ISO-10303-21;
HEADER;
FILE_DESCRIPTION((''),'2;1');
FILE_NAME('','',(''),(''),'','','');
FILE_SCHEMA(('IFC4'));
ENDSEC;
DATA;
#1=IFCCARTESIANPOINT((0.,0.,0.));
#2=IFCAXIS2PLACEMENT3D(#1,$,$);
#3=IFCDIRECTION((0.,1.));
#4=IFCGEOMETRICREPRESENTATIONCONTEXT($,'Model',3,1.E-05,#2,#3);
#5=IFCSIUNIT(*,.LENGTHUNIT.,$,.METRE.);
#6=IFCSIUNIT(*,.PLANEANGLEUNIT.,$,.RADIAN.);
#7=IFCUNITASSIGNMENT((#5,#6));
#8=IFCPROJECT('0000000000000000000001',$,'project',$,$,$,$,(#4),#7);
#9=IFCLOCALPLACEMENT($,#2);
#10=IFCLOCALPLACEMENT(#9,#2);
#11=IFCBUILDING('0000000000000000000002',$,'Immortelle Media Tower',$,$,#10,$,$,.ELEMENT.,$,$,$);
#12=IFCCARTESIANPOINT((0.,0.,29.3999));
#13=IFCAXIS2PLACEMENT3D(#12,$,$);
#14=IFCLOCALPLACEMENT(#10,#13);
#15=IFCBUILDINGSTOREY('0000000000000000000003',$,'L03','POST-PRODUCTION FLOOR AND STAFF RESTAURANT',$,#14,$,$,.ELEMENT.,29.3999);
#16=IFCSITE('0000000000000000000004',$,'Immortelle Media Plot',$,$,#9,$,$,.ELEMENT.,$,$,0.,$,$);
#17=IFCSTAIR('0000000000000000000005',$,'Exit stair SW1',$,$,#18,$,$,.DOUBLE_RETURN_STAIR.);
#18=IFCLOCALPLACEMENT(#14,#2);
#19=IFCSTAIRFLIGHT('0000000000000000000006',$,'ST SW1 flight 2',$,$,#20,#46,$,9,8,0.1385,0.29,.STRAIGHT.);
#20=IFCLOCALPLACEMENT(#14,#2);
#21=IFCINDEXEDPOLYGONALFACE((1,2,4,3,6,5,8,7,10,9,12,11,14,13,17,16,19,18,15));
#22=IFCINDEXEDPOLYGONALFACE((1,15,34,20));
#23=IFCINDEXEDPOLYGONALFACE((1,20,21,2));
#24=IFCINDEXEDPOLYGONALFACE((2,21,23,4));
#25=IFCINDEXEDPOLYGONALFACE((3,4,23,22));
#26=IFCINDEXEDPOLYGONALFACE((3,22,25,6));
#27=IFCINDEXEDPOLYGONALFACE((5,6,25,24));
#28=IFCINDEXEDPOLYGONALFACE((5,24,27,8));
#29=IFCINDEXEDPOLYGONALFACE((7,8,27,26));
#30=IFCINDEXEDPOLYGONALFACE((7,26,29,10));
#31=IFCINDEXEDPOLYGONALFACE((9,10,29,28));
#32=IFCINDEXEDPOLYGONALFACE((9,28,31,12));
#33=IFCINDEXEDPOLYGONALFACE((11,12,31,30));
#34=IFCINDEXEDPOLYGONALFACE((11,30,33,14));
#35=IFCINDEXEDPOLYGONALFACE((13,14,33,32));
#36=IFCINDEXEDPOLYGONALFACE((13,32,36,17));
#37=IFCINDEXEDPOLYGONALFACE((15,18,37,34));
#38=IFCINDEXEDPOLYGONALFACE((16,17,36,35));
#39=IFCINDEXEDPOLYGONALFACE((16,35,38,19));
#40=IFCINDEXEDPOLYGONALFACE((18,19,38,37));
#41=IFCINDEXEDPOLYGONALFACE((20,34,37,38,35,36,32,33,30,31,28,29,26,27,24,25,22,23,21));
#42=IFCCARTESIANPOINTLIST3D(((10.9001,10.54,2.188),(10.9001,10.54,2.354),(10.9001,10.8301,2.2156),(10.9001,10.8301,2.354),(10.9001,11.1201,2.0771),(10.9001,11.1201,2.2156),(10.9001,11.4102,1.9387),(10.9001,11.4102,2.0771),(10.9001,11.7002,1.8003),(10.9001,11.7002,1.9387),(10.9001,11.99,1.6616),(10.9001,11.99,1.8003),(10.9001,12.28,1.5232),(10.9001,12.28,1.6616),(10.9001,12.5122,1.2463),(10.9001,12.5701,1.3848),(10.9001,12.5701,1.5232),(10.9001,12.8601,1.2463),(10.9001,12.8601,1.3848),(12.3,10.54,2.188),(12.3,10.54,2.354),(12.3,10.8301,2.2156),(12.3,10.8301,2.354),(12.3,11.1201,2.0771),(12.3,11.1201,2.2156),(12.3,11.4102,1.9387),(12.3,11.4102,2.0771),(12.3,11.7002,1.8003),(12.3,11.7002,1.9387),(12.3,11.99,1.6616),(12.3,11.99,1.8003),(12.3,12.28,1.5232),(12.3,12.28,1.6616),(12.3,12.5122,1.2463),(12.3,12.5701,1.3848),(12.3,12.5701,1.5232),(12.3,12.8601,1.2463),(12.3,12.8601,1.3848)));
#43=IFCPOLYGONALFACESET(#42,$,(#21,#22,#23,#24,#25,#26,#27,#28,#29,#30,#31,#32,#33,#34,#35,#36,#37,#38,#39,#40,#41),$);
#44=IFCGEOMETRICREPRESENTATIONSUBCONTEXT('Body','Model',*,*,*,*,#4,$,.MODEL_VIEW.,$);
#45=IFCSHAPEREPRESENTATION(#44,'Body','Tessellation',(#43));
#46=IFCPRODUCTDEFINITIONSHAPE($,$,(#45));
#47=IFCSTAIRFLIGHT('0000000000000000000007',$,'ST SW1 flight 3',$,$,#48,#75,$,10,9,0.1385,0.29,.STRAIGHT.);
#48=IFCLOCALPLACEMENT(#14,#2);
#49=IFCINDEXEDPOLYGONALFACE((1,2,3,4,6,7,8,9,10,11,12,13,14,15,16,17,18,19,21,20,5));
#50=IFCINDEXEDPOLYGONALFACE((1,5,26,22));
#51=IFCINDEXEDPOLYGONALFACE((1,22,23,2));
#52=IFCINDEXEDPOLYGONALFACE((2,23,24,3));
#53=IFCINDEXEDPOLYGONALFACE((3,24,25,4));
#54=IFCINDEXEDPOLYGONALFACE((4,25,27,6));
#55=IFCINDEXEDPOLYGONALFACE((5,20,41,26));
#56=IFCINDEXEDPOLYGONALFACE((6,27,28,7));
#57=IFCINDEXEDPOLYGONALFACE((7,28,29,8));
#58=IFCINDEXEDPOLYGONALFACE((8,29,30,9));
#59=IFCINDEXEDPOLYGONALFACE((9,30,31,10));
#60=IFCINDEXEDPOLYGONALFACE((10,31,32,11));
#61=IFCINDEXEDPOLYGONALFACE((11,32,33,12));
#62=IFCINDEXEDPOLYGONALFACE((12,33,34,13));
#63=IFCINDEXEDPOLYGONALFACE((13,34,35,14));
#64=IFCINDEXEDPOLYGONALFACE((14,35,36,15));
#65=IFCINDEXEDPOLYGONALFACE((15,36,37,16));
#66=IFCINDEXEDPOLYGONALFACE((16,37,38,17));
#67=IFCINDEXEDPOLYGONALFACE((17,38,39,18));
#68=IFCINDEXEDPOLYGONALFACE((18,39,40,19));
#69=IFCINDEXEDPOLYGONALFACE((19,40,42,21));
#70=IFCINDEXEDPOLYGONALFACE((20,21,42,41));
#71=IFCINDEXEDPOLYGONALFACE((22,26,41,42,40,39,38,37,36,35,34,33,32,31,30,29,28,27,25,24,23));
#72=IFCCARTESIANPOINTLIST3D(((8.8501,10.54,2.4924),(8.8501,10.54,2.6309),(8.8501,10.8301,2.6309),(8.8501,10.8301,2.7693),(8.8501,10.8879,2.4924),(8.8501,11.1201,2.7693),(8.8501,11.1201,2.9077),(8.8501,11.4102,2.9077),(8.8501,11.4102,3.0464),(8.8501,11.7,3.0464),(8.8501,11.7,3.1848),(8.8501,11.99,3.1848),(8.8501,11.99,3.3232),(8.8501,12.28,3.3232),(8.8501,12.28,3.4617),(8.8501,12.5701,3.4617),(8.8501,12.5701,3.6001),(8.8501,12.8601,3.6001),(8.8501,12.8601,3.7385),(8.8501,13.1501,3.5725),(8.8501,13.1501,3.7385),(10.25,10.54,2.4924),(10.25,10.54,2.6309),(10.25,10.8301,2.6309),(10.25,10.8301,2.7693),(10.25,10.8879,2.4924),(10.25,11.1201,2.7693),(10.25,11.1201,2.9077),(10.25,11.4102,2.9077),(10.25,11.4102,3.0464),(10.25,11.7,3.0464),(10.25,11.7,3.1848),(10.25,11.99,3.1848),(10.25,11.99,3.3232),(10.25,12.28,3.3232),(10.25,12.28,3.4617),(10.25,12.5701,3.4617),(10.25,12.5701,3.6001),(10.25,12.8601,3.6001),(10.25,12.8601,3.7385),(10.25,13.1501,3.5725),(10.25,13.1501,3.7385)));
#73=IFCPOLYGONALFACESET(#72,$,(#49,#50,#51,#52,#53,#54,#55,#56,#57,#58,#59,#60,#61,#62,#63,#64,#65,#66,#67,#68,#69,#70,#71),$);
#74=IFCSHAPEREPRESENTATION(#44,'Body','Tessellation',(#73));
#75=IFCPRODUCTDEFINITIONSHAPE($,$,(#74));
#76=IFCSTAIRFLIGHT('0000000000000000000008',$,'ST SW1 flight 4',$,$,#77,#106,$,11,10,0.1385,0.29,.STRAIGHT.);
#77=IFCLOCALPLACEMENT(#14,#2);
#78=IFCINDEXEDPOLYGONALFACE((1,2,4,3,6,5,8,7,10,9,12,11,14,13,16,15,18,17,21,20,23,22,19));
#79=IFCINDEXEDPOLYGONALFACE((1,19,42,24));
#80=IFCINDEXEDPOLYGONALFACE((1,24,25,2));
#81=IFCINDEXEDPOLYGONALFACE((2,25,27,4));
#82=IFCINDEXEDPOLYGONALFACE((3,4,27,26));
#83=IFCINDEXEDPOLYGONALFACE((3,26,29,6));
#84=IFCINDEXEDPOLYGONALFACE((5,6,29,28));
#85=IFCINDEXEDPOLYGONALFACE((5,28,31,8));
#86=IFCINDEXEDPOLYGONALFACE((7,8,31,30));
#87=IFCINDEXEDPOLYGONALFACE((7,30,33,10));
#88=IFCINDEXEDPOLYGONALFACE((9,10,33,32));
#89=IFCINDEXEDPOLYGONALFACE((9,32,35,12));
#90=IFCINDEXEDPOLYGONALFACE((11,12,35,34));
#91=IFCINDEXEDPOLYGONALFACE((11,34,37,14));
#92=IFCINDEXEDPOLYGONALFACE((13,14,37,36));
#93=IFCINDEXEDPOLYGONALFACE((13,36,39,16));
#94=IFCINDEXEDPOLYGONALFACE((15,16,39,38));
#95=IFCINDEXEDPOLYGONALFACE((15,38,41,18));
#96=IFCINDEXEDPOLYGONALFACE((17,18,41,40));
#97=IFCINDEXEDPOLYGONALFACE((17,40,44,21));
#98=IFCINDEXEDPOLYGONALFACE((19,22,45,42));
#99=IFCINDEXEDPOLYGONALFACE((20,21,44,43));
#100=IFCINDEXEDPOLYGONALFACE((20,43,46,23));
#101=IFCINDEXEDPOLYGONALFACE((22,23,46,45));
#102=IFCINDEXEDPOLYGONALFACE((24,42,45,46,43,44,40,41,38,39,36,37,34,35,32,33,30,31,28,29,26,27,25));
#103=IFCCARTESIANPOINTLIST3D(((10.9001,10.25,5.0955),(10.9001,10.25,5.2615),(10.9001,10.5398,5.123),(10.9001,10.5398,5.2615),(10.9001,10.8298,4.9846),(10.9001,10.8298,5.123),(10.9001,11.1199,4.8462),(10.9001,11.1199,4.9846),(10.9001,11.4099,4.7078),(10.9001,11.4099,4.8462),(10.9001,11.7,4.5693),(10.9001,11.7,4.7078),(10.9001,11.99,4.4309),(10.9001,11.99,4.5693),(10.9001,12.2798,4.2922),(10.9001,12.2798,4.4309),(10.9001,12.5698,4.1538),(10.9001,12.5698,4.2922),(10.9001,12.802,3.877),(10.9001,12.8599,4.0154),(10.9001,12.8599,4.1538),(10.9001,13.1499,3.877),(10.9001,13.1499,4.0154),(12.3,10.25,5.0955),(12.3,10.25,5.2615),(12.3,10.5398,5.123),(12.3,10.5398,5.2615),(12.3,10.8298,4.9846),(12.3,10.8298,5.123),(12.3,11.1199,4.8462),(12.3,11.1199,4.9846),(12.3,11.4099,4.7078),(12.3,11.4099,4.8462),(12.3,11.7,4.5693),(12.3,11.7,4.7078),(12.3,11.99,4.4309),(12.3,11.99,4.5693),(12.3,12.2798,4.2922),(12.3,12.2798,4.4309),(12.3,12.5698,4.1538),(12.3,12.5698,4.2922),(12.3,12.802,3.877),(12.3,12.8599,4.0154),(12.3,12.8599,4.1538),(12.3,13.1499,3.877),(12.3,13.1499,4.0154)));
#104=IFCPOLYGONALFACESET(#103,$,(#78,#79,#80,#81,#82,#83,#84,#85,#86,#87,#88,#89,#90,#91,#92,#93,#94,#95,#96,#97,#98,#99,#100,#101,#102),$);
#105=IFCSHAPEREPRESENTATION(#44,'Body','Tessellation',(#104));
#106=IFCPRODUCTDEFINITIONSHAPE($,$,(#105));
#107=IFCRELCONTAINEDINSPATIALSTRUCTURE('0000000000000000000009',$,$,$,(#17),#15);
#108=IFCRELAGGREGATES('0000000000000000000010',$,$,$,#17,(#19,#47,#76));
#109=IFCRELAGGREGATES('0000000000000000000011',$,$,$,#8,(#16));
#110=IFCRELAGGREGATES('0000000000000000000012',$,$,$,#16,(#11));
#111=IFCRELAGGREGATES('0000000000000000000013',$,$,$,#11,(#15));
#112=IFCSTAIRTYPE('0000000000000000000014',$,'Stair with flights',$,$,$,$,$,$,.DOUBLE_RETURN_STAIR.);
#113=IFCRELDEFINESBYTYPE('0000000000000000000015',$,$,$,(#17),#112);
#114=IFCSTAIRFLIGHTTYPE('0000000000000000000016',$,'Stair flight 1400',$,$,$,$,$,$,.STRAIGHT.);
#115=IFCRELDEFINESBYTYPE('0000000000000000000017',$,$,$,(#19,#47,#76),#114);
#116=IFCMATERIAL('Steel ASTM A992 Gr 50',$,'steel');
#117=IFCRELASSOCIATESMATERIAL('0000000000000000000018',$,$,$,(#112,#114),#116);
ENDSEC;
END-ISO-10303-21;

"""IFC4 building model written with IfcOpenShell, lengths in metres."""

from ifc_helpers import new_model, si_unit, direction, frame, origin, place, context, subcontext, project, spatial, polyline, outline, extrude, material, type_object, element, aggregate, save


model = new_model("IFC4")

# Units and contexts
model_context = context("Model", 3, precision=1e-05, world=origin(), true_north=direction((0.0, 1.0)))
body_context = subcontext(model_context, "Body", "Model", "MODEL_VIEW")
ifc_project = project(units=[si_unit("LENGTHUNIT", "METRE"), si_unit("PLANEANGLEUNIT", "RADIAN")], contexts=[model_context])

# Site, building, storey
site_placement = place(None, origin())
site = spatial("IfcSite", under=ifc_project, at=site_placement, Name="Immortelle Media Plot", CompositionType="ELEMENT", RefElevation=0.0)
building_placement = place(site_placement, origin())
building = spatial("IfcBuilding", under=site, at=building_placement, Name="Immortelle Media Tower", CompositionType="ELEMENT")
storey_placement = place(building_placement, frame((0.0, 0.0, 29.3999)))
storey = spatial("IfcBuildingStorey", under=building, at=storey_placement, Name="L03", Description="POST-PRODUCTION FLOOR AND STAFF RESTAURANT", CompositionType="ELEMENT", Elevation=29.3999)

# Shared definitions
ifc_material_1 = material(Name="Steel ASTM A992 Gr 50", Category="steel")

# Stair, stair flights
stair_type = type_object("IfcStairType", Name="Stair with flights", PredefinedType="DOUBLE_RETURN_STAIR", material=ifc_material_1)
stair_placement = place(storey_placement, origin())
stair = element("IfcStair", 1, at=stair_placement, inside=storey, type_object=stair_type, Name="Exit stair SW1", PredefinedType="DOUBLE_RETURN_STAIR")
stair_flight_type = type_object("IfcStairFlightType", Name="Stair flight 1400", PredefinedType="STRAIGHT", material=ifc_material_1)
stair_flight_1_placement = place(storey_placement, frame((11.6001, 12.8601, 1.2463), z_axis=(0.0, 0.0, 1.0), x_axis=(0.0, -1.0, 0.0)))
stair_flight_1 = element("IfcStairFlight", 2, at=stair_flight_1_placement, type_object=stair_flight_type, Name="ST SW1 flight 2", NumberOfRisers=9, NumberOfTreads=8, PredefinedType="STRAIGHT", RiserHeight=0.1385, TreadLength=0.29, context=body_context, shape_type="SweptSolid", body=[
    extrude(outline(polyline([(0.0, 0.0), (0.0, 0.1384), (0.29, 0.1384), (0.29, 0.2769), (0.5801, 0.2769), (0.5801, 0.4153), (0.8701, 0.4153), (0.8701, 0.554), (1.1599, 0.554), (1.1599, 0.6924), (1.45, 0.6924), (1.45, 0.8308), (1.74, 0.8308), (1.74, 0.9692), (2.03, 0.9692), (2.03, 1.1077), (2.3201, 1.1077), (2.3201, 1.2461), (2.3201, 0.9417), (0.3479, 0.0), (0.0, 0.0)])), frame((0.0, 0.7, 0.0), z_axis=(0.0, -1.0, 0.0), x_axis=(1.0, 0.0, 0.0)), (0.0, 0.0, 1.0), 1.3999),
])
stair_flight_2_placement = place(storey_placement, frame((9.55, 10.54, 2.4924), z_axis=(0.0, 0.0, 1.0), x_axis=(0.0, 1.0, 0.0)))
stair_flight_2 = element("IfcStairFlight", 3, at=stair_flight_2_placement, type_object=stair_flight_type, Name="ST SW1 flight 3", NumberOfRisers=10, NumberOfTreads=9, PredefinedType="STRAIGHT", RiserHeight=0.1385, TreadLength=0.29, context=body_context, shape_type="SweptSolid", body=[
    extrude(outline(polyline([(0.0, 0.0), (0.0, 0.1384), (0.29, 0.1384), (0.29, 0.2769), (0.5801, 0.2769), (0.5801, 0.4153), (0.8701, 0.4153), (0.8701, 0.554), (1.1599, 0.554), (1.1599, 0.6924), (1.45, 0.6924), (1.45, 0.8308), (1.74, 0.8308), (1.74, 0.9692), (2.03, 0.9692), (2.03, 1.1077), (2.3201, 1.1077), (2.3201, 1.2461), (2.6101, 1.2461), (2.6101, 1.3845), (2.6101, 1.0801), (0.3479, 0.0), (0.0, 0.0)])), frame((0.0, 0.7, 0.0), z_axis=(0.0, -1.0, 0.0), x_axis=(1.0, 0.0, 0.0)), (0.0, 0.0, 1.0), 1.3999),
])
stair_flight_3_placement = place(storey_placement, frame((11.6001, 13.1499, 3.877), z_axis=(0.0, 0.0, 1.0), x_axis=(0.0, -1.0, 0.0)))
stair_flight_3 = element("IfcStairFlight", 4, at=stair_flight_3_placement, type_object=stair_flight_type, Name="ST SW1 flight 4", NumberOfRisers=11, NumberOfTreads=10, PredefinedType="STRAIGHT", RiserHeight=0.1385, TreadLength=0.29, context=body_context, shape_type="SweptSolid", body=[
    extrude(outline(polyline([(0.0, 0.0), (0.0, 0.1384), (0.29, 0.1384), (0.29, 0.2769), (0.5801, 0.2769), (0.5801, 0.4153), (0.8701, 0.4153), (0.8701, 0.554), (1.1599, 0.554), (1.1599, 0.6924), (1.45, 0.6924), (1.45, 0.8308), (1.74, 0.8308), (1.74, 0.9692), (2.03, 0.9692), (2.03, 1.1077), (2.3201, 1.1077), (2.3201, 1.2461), (2.6101, 1.2461), (2.6101, 1.3845), (2.8999, 1.3845), (2.8999, 1.5232), (2.8999, 1.2185), (0.3479, 0.0), (0.0, 0.0)])), frame((0.0, 0.7, 0.0), z_axis=(0.0, -1.0, 0.0), x_axis=(1.0, 0.0, 0.0)), (0.0, 0.0, 1.0), 1.3999),
])
aggregate(stair, [stair_flight_1, stair_flight_2, stair_flight_3])

save(model, "model.ifc")
